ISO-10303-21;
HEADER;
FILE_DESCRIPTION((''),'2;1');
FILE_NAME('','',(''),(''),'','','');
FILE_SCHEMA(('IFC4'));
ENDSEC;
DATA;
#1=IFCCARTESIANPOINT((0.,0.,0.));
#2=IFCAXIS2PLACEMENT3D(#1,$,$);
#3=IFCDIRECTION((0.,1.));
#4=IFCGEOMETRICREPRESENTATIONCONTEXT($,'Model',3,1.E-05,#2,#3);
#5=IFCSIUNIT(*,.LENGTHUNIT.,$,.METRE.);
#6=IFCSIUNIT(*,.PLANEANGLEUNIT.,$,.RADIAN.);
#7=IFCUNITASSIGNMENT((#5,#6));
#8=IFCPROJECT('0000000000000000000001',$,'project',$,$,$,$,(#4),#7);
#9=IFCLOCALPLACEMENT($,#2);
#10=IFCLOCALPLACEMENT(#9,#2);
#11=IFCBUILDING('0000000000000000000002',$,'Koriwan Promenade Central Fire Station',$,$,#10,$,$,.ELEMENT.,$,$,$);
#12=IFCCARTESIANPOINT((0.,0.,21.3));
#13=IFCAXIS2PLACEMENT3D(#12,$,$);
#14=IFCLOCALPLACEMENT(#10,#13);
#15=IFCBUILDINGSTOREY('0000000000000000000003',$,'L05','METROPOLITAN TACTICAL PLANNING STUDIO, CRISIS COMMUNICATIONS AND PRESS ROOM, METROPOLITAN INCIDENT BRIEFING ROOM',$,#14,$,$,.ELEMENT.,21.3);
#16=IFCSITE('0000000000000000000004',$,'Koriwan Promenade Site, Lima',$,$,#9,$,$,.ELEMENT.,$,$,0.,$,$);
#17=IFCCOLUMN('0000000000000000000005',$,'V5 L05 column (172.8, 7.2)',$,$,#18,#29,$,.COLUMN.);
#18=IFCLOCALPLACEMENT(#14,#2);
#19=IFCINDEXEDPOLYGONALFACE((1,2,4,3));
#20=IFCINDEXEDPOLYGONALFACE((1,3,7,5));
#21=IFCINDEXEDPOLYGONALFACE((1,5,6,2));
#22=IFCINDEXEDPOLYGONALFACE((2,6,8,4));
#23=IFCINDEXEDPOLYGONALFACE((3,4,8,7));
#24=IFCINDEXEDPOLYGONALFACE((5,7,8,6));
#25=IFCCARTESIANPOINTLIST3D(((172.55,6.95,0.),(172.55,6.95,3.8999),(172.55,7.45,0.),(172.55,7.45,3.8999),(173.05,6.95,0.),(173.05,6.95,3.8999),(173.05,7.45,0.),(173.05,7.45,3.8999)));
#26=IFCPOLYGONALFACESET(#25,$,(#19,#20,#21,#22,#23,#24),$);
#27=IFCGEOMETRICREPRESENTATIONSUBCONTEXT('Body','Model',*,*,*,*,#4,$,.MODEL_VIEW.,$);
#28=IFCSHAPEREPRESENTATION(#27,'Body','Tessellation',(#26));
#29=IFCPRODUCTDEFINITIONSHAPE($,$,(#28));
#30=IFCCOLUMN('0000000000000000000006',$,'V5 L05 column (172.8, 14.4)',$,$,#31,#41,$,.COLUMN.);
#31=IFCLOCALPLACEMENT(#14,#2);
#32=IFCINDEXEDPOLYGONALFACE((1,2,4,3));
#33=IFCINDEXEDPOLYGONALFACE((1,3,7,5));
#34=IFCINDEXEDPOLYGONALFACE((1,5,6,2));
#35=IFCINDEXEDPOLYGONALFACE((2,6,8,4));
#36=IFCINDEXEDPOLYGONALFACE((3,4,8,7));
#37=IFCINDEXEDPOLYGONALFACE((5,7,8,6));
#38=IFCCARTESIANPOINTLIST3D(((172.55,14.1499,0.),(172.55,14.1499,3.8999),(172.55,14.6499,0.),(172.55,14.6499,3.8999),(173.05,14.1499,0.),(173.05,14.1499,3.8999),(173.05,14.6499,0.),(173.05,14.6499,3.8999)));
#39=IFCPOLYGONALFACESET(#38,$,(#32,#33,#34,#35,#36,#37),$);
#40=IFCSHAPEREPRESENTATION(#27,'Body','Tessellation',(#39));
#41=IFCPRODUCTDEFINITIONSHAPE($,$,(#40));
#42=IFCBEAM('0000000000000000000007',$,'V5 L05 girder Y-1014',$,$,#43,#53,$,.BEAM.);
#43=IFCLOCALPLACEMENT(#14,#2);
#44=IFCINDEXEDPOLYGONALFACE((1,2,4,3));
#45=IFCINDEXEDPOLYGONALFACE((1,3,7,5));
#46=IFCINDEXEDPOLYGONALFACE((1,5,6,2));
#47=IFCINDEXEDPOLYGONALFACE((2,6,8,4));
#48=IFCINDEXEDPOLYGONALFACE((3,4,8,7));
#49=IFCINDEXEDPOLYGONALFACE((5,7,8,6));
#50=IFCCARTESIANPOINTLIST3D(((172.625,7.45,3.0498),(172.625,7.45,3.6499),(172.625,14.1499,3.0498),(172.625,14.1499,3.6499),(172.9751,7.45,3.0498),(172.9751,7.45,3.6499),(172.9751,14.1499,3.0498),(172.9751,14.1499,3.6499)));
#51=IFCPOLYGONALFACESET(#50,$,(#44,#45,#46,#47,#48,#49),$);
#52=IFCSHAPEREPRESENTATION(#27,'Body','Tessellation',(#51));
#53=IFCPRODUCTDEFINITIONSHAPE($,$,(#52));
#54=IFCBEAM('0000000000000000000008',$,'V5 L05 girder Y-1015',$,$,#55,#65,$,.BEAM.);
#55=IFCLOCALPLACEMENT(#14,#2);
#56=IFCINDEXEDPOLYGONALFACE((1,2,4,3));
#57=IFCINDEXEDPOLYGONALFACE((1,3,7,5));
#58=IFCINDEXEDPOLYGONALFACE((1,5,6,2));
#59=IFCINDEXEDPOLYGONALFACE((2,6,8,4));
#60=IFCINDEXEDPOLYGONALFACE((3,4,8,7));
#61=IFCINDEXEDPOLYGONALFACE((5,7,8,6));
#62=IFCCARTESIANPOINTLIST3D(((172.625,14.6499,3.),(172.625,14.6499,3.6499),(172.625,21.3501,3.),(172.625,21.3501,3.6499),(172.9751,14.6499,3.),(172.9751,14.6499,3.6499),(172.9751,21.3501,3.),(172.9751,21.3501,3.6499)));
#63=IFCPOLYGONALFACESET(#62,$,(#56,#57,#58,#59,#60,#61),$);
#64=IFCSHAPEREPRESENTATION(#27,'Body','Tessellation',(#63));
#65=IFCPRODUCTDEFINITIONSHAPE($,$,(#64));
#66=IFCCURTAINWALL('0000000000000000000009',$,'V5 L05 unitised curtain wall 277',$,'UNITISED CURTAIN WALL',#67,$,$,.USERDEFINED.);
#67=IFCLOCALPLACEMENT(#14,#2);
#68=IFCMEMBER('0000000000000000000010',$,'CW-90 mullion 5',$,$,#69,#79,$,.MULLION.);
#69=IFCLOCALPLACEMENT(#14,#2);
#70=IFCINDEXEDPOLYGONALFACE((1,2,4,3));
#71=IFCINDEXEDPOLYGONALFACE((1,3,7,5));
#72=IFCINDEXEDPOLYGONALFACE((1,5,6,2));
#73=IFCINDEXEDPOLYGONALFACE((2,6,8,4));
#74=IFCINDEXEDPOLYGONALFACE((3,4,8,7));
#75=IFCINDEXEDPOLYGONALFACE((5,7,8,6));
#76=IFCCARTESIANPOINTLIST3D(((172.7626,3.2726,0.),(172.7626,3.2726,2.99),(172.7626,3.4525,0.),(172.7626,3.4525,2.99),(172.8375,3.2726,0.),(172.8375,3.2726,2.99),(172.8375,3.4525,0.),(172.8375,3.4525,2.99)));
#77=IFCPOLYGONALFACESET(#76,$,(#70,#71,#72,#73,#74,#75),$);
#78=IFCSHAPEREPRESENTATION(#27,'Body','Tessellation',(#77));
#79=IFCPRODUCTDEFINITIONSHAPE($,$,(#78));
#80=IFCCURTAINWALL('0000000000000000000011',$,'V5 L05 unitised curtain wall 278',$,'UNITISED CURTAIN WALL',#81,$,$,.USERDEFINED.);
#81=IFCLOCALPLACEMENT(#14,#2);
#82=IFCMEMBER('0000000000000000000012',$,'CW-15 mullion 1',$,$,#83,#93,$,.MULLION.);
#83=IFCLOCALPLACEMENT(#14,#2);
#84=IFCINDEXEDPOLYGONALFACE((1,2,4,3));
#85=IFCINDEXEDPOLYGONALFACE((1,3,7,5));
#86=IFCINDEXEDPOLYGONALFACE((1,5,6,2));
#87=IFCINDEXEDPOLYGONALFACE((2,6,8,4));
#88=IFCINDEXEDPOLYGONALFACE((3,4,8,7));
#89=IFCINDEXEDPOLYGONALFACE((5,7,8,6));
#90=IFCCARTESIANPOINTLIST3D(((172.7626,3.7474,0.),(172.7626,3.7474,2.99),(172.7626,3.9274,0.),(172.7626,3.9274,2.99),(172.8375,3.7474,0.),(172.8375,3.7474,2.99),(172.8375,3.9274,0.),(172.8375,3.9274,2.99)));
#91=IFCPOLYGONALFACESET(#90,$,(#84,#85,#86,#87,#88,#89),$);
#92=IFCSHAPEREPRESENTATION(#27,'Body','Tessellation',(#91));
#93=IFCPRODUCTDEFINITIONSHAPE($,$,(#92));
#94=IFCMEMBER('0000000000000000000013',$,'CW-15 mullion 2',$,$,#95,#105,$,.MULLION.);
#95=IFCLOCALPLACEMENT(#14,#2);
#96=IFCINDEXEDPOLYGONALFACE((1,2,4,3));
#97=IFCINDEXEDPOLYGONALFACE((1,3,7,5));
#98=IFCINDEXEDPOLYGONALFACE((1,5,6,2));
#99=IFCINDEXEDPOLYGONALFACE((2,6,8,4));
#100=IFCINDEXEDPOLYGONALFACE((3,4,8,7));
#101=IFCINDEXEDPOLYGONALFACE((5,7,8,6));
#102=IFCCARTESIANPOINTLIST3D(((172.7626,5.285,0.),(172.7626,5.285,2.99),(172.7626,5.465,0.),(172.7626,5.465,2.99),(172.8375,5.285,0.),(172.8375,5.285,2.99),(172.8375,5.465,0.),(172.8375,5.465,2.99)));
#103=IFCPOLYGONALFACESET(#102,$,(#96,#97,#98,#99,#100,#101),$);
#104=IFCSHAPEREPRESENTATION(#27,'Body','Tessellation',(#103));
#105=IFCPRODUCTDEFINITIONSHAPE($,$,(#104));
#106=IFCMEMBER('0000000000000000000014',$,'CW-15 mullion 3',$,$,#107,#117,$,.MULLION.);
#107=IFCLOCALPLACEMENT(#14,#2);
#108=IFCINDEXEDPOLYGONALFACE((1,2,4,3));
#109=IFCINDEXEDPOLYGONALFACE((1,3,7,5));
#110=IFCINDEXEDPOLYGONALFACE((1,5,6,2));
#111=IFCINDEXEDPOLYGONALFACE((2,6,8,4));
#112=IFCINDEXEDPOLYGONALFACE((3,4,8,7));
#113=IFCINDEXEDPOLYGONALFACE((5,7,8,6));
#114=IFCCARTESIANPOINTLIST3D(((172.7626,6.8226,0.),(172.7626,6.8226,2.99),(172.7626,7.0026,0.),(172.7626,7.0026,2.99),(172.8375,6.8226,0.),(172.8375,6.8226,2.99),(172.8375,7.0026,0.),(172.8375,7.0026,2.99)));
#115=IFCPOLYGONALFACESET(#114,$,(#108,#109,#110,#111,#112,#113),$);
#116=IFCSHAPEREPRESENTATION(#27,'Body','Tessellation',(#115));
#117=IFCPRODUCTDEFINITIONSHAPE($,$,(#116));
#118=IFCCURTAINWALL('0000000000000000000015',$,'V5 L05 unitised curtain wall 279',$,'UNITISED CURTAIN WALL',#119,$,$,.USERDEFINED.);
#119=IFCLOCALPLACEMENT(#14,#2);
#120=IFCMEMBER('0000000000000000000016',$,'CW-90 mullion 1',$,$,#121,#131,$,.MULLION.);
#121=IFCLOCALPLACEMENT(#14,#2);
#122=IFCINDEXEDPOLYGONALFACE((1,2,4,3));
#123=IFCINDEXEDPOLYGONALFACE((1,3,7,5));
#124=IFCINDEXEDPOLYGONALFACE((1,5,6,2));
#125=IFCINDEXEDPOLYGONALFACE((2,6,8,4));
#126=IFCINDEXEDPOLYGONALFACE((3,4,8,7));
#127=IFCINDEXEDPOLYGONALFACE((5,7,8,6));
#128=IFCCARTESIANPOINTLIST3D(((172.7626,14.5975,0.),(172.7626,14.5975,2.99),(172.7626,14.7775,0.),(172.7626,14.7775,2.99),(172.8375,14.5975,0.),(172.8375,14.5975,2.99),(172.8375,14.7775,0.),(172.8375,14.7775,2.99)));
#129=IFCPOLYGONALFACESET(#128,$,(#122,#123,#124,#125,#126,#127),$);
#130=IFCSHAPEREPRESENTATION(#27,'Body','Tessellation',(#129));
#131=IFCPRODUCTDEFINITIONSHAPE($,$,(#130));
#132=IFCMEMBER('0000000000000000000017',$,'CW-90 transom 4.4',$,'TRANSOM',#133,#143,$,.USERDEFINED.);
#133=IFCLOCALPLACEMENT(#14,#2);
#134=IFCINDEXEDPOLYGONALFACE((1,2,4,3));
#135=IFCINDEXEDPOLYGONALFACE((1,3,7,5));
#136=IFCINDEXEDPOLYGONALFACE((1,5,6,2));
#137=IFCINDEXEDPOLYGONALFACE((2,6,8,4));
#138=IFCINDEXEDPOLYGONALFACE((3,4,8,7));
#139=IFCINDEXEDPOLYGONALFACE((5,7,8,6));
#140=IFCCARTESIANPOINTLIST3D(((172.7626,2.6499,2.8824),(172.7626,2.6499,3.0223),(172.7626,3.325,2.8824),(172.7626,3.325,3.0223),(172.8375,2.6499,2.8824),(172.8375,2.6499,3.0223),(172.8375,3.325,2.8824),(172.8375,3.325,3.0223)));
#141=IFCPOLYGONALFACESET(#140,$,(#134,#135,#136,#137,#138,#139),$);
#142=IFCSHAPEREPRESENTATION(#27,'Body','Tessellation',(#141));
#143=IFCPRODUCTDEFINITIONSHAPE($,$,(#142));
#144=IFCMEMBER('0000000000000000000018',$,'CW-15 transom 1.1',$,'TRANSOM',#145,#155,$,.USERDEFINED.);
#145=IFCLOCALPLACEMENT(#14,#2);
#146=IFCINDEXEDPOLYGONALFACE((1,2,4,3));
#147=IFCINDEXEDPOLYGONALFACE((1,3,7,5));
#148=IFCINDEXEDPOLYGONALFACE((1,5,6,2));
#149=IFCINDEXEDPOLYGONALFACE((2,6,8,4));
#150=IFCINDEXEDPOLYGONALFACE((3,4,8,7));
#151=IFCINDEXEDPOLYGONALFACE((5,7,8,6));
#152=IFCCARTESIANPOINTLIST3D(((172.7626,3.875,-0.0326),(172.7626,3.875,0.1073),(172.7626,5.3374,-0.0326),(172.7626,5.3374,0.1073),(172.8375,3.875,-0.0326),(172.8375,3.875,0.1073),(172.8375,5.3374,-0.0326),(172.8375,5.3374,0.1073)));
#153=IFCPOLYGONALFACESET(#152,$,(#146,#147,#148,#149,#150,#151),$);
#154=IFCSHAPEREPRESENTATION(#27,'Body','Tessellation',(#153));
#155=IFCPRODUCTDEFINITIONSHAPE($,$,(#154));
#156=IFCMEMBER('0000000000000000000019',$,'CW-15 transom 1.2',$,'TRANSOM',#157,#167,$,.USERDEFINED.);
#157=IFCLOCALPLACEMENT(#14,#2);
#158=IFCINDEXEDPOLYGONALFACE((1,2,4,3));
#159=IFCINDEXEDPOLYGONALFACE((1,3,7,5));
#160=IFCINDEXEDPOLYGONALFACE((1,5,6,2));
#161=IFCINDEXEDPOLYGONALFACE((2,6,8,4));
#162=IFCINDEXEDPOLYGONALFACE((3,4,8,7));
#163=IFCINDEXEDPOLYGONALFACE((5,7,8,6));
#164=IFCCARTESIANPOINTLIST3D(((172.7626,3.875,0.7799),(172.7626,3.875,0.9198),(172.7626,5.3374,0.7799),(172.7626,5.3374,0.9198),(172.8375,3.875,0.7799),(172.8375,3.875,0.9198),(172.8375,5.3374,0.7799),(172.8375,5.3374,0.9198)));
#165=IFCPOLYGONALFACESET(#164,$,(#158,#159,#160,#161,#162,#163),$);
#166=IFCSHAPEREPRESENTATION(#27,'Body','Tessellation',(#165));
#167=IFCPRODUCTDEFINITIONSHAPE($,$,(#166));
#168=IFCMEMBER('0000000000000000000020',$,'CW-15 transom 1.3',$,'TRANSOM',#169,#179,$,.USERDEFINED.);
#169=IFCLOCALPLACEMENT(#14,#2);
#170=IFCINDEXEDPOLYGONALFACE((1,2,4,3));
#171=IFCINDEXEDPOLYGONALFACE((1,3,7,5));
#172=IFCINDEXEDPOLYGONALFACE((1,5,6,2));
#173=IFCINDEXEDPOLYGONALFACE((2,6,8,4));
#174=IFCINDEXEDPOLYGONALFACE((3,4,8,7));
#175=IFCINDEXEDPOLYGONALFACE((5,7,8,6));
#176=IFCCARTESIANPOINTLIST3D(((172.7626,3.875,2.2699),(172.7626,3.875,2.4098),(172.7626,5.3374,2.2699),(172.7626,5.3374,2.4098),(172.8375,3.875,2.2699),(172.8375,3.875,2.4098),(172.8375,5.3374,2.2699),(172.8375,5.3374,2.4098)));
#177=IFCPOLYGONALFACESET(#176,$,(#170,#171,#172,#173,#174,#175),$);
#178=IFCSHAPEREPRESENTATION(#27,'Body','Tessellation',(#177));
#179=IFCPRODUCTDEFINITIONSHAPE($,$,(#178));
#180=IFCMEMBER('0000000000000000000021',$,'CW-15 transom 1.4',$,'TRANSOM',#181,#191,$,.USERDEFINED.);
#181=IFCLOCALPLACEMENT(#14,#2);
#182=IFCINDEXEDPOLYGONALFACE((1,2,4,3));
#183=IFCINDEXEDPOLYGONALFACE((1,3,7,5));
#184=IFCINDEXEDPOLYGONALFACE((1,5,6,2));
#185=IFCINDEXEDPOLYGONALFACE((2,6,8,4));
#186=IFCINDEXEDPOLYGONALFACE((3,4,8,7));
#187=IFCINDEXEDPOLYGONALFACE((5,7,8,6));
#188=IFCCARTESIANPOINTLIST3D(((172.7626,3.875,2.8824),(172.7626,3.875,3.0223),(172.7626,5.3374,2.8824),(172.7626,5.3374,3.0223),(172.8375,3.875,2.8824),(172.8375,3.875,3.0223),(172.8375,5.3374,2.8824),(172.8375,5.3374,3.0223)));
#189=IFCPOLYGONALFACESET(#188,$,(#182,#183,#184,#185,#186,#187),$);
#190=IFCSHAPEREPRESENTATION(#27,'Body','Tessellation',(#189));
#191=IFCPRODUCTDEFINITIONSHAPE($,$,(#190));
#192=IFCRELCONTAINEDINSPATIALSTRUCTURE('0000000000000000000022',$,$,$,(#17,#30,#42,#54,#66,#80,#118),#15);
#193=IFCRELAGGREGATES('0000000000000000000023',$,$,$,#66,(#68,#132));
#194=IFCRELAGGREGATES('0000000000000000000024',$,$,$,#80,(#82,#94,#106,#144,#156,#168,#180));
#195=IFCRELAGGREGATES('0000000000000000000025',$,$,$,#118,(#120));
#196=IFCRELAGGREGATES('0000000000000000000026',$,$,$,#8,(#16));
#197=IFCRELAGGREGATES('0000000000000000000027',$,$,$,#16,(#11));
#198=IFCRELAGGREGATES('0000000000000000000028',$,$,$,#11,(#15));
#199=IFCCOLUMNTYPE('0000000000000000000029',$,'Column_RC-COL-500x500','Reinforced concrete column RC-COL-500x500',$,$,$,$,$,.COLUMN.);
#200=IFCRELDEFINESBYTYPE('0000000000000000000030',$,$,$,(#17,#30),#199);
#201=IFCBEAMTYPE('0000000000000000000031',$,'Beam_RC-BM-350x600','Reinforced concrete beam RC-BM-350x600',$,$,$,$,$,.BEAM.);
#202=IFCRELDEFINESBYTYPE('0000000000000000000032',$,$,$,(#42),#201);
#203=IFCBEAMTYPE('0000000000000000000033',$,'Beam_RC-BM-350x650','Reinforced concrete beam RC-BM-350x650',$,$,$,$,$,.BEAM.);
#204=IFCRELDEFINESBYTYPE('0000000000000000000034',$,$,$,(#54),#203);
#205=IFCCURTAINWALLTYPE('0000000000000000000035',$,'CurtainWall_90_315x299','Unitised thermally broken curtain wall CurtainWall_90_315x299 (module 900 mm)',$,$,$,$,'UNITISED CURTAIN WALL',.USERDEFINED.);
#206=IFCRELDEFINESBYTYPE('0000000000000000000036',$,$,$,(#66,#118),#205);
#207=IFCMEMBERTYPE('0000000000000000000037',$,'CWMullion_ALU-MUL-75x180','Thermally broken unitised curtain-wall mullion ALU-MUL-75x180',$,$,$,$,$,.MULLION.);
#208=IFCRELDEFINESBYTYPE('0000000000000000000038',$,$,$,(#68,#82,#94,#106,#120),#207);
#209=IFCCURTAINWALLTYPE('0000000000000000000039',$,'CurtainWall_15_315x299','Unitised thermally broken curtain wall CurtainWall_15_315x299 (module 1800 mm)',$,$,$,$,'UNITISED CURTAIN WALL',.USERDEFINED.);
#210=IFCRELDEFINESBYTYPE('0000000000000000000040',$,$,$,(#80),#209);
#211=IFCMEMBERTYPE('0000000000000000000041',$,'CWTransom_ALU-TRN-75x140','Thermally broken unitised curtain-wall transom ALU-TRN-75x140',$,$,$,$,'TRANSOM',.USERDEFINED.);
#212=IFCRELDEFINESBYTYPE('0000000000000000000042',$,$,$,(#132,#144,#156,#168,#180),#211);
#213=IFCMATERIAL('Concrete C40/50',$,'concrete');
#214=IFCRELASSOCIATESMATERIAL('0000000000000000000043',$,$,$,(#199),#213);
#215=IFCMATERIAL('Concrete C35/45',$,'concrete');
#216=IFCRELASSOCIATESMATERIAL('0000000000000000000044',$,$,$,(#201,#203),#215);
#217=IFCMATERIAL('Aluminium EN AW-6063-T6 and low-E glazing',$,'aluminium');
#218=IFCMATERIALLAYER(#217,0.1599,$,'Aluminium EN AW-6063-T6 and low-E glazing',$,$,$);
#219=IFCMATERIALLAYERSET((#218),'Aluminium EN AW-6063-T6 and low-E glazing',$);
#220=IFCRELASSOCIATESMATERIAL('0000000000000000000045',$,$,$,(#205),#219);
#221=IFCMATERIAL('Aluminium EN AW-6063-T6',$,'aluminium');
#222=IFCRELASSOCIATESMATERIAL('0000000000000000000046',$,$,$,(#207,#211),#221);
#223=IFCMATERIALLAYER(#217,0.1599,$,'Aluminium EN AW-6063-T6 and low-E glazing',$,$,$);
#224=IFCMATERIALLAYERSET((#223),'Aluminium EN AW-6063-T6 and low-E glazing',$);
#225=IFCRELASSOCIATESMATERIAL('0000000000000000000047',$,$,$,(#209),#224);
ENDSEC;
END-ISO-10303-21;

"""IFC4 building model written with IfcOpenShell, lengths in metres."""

from ifc_helpers import new_model, si_unit, direction, frame, origin, origin_2d, place, context, subcontext, project, spatial, rectangle, extrude, material, layer, layer_set, material_profile, profile_set, type_object, element, aggregate, save


model = new_model("IFC4")

# Units and contexts
model_context = context("Model", 3, precision=1e-05, world=origin(), true_north=direction((0.0, 1.0)))
body_context = subcontext(model_context, "Body", "Model", "MODEL_VIEW")
ifc_project = project(units=[si_unit("LENGTHUNIT", "METRE"), si_unit("PLANEANGLEUNIT", "RADIAN")], contexts=[model_context])

# Site, building, storey
site_placement = place(None, origin())
site = spatial("IfcSite", under=ifc_project, at=site_placement, Name="Koriwan Promenade Site, Lima", CompositionType="ELEMENT", RefElevation=0.0)
building_placement = place(site_placement, origin())
building = spatial("IfcBuilding", under=site, at=building_placement, Name="Koriwan Promenade Central Fire Station", CompositionType="ELEMENT")
storey_placement = place(building_placement, frame((0.0, 0.0, 21.3)))
storey = spatial("IfcBuildingStorey", under=building, at=storey_placement, Name="L05", Description="METROPOLITAN TACTICAL PLANNING STUDIO, CRISIS COMMUNICATIONS AND PRESS ROOM, METROPOLITAN INCIDENT BRIEFING ROOM", CompositionType="ELEMENT", Elevation=21.3)

# Columns
ifc_material_1 = material(Name="Concrete C40/50", Category="concrete")
ifc_material_profile_1 = material_profile(ifc_material_1, rectangle(XDim=0.5, YDim=0.5, at=origin_2d()), Name="RC-COL-500x500")
ifc_profile_set_1 = profile_set([ifc_material_profile_1], Name="Concrete C40/50")
column_type = type_object("IfcColumnType", Name="Column_RC-COL-500x500", Description="Reinforced concrete column RC-COL-500x500", PredefinedType="COLUMN", material=ifc_profile_set_1)
for number, where, z_axis, x_axis, name in (
    (1, (172.8, 7.2, 0.0), (0.0, 0.0, 1.0), (1.0, 0.0, 0.0), "V5 L05 column (172.8, 7.2)"),
    (2, (172.8, 14.3999, 0.0), (0.0, 0.0, 1.0), (1.0, 0.0, 0.0), "V5 L05 column (172.8, 14.4)"),
):
    element("IfcColumn", number, at=place(storey_placement, frame(where, z_axis=z_axis, x_axis=x_axis)), inside=storey, type_object=column_type, Name=name, PredefinedType="COLUMN", context=body_context, shape_type="SweptSolid", body=[
        extrude(rectangle(XDim=0.5, YDim=0.5, at=origin_2d()), origin(), (0.0, 0.0, 1.0), 3.8999),
    ])

# Beams
ifc_material_2 = material(Name="Concrete C35/45", Category="concrete")
ifc_material_profile_2 = material_profile(ifc_material_2, rectangle(XDim=0.3501, YDim=0.6001, at=origin_2d()), Name="RC-BM-350x600")
ifc_profile_set_2 = profile_set([ifc_material_profile_2], Name="Concrete C35/45")
beam_type_1 = type_object("IfcBeamType", Name="Beam_RC-BM-350x600", Description="Reinforced concrete beam RC-BM-350x600", PredefinedType="BEAM", material=ifc_profile_set_2)
beam_1_placement = place(storey_placement, frame((172.8, 7.45, 3.3499), z_axis=(0.0, 1.0, 0.0), x_axis=(-1.0, 0.0, 0.0)))
element("IfcBeam", 3, at=beam_1_placement, inside=storey, type_object=beam_type_1, Name="V5 L05 girder Y-1014", PredefinedType="BEAM", context=body_context, shape_type="SweptSolid", body=[
    extrude(rectangle(XDim=0.3501, YDim=0.6001, at=origin_2d()), origin(), (0.0, 0.0, 1.0), 6.7),
])
ifc_material_profile_3 = material_profile(ifc_material_2, rectangle(XDim=0.3501, YDim=0.6499, at=origin_2d()), Name="RC-BM-350x650")
ifc_profile_set_3 = profile_set([ifc_material_profile_3], Name="Concrete C35/45")
beam_type_2 = type_object("IfcBeamType", Name="Beam_RC-BM-350x650", Description="Reinforced concrete beam RC-BM-350x650", PredefinedType="BEAM", material=ifc_profile_set_3)
beam_2_placement = place(storey_placement, frame((172.8, 14.6499, 3.325), z_axis=(0.0, 1.0, 0.0), x_axis=(-1.0, 0.0, 0.0)))
element("IfcBeam", 4, at=beam_2_placement, inside=storey, type_object=beam_type_2, Name="V5 L05 girder Y-1015", PredefinedType="BEAM", context=body_context, shape_type="SweptSolid", body=[
    extrude(rectangle(XDim=0.3501, YDim=0.6499, at=origin_2d()), origin(), (0.0, 0.0, 1.0), 6.7002),
])

# Curtain wall, member
ifc_material_3 = material(Name="Aluminium EN AW-6063-T6 and low-E glazing", Category="aluminium")
ifc_layer_1 = layer(ifc_material_3, 0.1599, Name="Aluminium EN AW-6063-T6 and low-E glazing")
ifc_layer_set_1 = layer_set([ifc_layer_1], Name="Aluminium EN AW-6063-T6 and low-E glazing")
curtain_wall_type_1 = type_object("IfcCurtainWallType", Name="CurtainWall_90_315x299", Description="Unitised thermally broken curtain wall CurtainWall_90_315x299 (module 900 mm)", ElementType="UNITISED CURTAIN WALL", PredefinedType="USERDEFINED", material=ifc_layer_set_1)
curtain_wall_1_placement = place(storey_placement, origin())
curtain_wall_1 = element("IfcCurtainWall", 5, at=curtain_wall_1_placement, inside=storey, type_object=curtain_wall_type_1, Name="V5 L05 unitised curtain wall 277", ObjectType="UNITISED CURTAIN WALL", PredefinedType="USERDEFINED")
ifc_material_4 = material(Name="Aluminium EN AW-6063-T6", Category="aluminium")
ifc_material_profile_4 = material_profile(ifc_material_4, rectangle(XDim=0.075, YDim=0.1799, at=origin_2d()), Name="ALU-MUL-75x180")
ifc_profile_set_4 = profile_set([ifc_material_profile_4], Name="Aluminium EN AW-6063-T6")
member_type_1 = type_object("IfcMemberType", Name="CWMullion_ALU-MUL-75x180", Description="Thermally broken unitised curtain-wall mullion ALU-MUL-75x180", PredefinedType="MULLION", material=ifc_profile_set_4)
member_1_placement = place(storey_placement, frame((172.8, 3.3625, 0.0), z_axis=(0.0, 0.0, 1.0), x_axis=(-1.0, 0.0, 0.0)))
member_1 = element("IfcMember", 6, at=member_1_placement, type_object=member_type_1, Name="CW-90 mullion 5", PredefinedType="MULLION", context=body_context, shape_type="SweptSolid", body=[
    extrude(rectangle(XDim=0.075, YDim=0.1799, at=origin_2d()), origin(), (0.0, 0.0, 1.0), 2.99),
])

# Curtain wall, members
ifc_layer_2 = layer(ifc_material_3, 0.1599, Name="Aluminium EN AW-6063-T6 and low-E glazing")
ifc_layer_set_2 = layer_set([ifc_layer_2], Name="Aluminium EN AW-6063-T6 and low-E glazing")
curtain_wall_type_2 = type_object("IfcCurtainWallType", Name="CurtainWall_15_315x299", Description="Unitised thermally broken curtain wall CurtainWall_15_315x299 (module 1800 mm)", ElementType="UNITISED CURTAIN WALL", PredefinedType="USERDEFINED", material=ifc_layer_set_2)
curtain_wall_2_placement = place(storey_placement, origin())
curtain_wall_2 = element("IfcCurtainWall", 7, at=curtain_wall_2_placement, inside=storey, type_object=curtain_wall_type_2, Name="V5 L05 unitised curtain wall 278", ObjectType="UNITISED CURTAIN WALL", PredefinedType="USERDEFINED")
member_2_placement = place(storey_placement, frame((172.8, 3.8374, 0.0), z_axis=(0.0, 0.0, 1.0), x_axis=(-1.0, 0.0, 0.0)))
member_2 = element("IfcMember", 8, at=member_2_placement, type_object=member_type_1, Name="CW-15 mullion 1", PredefinedType="MULLION", context=body_context, shape_type="SweptSolid", body=[
    extrude(rectangle(XDim=0.075, YDim=0.1799, at=origin_2d()), origin(), (0.0, 0.0, 1.0), 2.99),
])
member_3_placement = place(storey_placement, frame((172.8, 5.375, 0.0), z_axis=(0.0, 0.0, 1.0), x_axis=(-1.0, 0.0, 0.0)))
member_3 = element("IfcMember", 9, at=member_3_placement, type_object=member_type_1, Name="CW-15 mullion 2", PredefinedType="MULLION", context=body_context, shape_type="SweptSolid", body=[
    extrude(rectangle(XDim=0.075, YDim=0.1799, at=origin_2d()), origin(), (0.0, 0.0, 1.0), 2.99),
])
member_4_placement = place(storey_placement, frame((172.8, 6.9126, 0.0), z_axis=(0.0, 0.0, 1.0), x_axis=(-1.0, 0.0, 0.0)))
member_4 = element("IfcMember", 10, at=member_4_placement, type_object=member_type_1, Name="CW-15 mullion 3", PredefinedType="MULLION", context=body_context, shape_type="SweptSolid", body=[
    extrude(rectangle(XDim=0.075, YDim=0.1799, at=origin_2d()), origin(), (0.0, 0.0, 1.0), 2.99),
])

# Curtain wall, member
curtain_wall_3_placement = place(storey_placement, origin())
curtain_wall_3 = element("IfcCurtainWall", 11, at=curtain_wall_3_placement, inside=storey, type_object=curtain_wall_type_1, Name="V5 L05 unitised curtain wall 279", ObjectType="UNITISED CURTAIN WALL", PredefinedType="USERDEFINED")
member_5_placement = place(storey_placement, frame((172.8, 14.6875, 0.0), z_axis=(0.0, 0.0, 1.0), x_axis=(-1.0, 0.0, 0.0)))
member_5 = element("IfcMember", 12, at=member_5_placement, type_object=member_type_1, Name="CW-90 mullion 1", PredefinedType="MULLION", context=body_context, shape_type="SweptSolid", body=[
    extrude(rectangle(XDim=0.075, YDim=0.1799, at=origin_2d()), origin(), (0.0, 0.0, 1.0), 2.99),
])

# Members
ifc_material_profile_5 = material_profile(ifc_material_4, rectangle(XDim=0.075, YDim=0.1399, at=origin_2d()), Name="ALU-TRN-75x140")
ifc_profile_set_5 = profile_set([ifc_material_profile_5], Name="Aluminium EN AW-6063-T6")
member_type_2 = type_object("IfcMemberType", Name="CWTransom_ALU-TRN-75x140", Description="Thermally broken unitised curtain-wall transom ALU-TRN-75x140", ElementType="TRANSOM", PredefinedType="USERDEFINED", material=ifc_profile_set_5)
member_6_placement = place(storey_placement, frame((172.8, 2.6499, 2.9524), z_axis=(0.0, 1.0, 0.0), x_axis=(-1.0, 0.0, 0.0)))
member_6 = element("IfcMember", 13, at=member_6_placement, type_object=member_type_2, Name="CW-90 transom 4.4", ObjectType="TRANSOM", PredefinedType="USERDEFINED", context=body_context, shape_type="SweptSolid", body=[
    extrude(rectangle(XDim=0.075, YDim=0.1399, at=origin_2d()), origin(), (0.0, 0.0, 1.0), 0.675),
])
member_7_placement = place(storey_placement, frame((172.8, 3.875, 0.0374), z_axis=(0.0, 1.0, 0.0), x_axis=(-1.0, 0.0, 0.0)))
member_7 = element("IfcMember", 14, at=member_7_placement, type_object=member_type_2, Name="CW-15 transom 1.1", ObjectType="TRANSOM", PredefinedType="USERDEFINED", context=body_context, shape_type="SweptSolid", body=[
    extrude(rectangle(XDim=0.075, YDim=0.1399, at=origin_2d()), origin(), (0.0, 0.0, 1.0), 1.4624),
])
member_8_placement = place(storey_placement, frame((172.8, 3.875, 0.8499), z_axis=(0.0, 1.0, 0.0), x_axis=(-1.0, 0.0, 0.0)))
member_8 = element("IfcMember", 15, at=member_8_placement, type_object=member_type_2, Name="CW-15 transom 1.2", ObjectType="TRANSOM", PredefinedType="USERDEFINED", context=body_context, shape_type="SweptSolid", body=[
    extrude(rectangle(XDim=0.075, YDim=0.1399, at=origin_2d()), origin(), (0.0, 0.0, 1.0), 1.4624),
])
member_9_placement = place(storey_placement, frame((172.8, 3.875, 2.3398), z_axis=(0.0, 1.0, 0.0), x_axis=(-1.0, 0.0, 0.0)))
member_9 = element("IfcMember", 16, at=member_9_placement, type_object=member_type_2, Name="CW-15 transom 1.3", ObjectType="TRANSOM", PredefinedType="USERDEFINED", context=body_context, shape_type="SweptSolid", body=[
    extrude(rectangle(XDim=0.075, YDim=0.1399, at=origin_2d()), origin(), (0.0, 0.0, 1.0), 1.4624),
])
member_10_placement = place(storey_placement, frame((172.8, 3.875, 2.9524), z_axis=(0.0, 1.0, 0.0), x_axis=(-1.0, 0.0, 0.0)))
member_10 = element("IfcMember", 17, at=member_10_placement, type_object=member_type_2, Name="CW-15 transom 1.4", ObjectType="TRANSOM", PredefinedType="USERDEFINED", context=body_context, shape_type="SweptSolid", body=[
    extrude(rectangle(XDim=0.075, YDim=0.1399, at=origin_2d()), origin(), (0.0, 0.0, 1.0), 1.4624),
])

aggregate(curtain_wall_1, [member_1, member_6])
aggregate(curtain_wall_2, [member_2, member_3, member_4, member_7, member_8, member_9, member_10])
aggregate(curtain_wall_3, [member_5])

save(model, "model.ifc")
